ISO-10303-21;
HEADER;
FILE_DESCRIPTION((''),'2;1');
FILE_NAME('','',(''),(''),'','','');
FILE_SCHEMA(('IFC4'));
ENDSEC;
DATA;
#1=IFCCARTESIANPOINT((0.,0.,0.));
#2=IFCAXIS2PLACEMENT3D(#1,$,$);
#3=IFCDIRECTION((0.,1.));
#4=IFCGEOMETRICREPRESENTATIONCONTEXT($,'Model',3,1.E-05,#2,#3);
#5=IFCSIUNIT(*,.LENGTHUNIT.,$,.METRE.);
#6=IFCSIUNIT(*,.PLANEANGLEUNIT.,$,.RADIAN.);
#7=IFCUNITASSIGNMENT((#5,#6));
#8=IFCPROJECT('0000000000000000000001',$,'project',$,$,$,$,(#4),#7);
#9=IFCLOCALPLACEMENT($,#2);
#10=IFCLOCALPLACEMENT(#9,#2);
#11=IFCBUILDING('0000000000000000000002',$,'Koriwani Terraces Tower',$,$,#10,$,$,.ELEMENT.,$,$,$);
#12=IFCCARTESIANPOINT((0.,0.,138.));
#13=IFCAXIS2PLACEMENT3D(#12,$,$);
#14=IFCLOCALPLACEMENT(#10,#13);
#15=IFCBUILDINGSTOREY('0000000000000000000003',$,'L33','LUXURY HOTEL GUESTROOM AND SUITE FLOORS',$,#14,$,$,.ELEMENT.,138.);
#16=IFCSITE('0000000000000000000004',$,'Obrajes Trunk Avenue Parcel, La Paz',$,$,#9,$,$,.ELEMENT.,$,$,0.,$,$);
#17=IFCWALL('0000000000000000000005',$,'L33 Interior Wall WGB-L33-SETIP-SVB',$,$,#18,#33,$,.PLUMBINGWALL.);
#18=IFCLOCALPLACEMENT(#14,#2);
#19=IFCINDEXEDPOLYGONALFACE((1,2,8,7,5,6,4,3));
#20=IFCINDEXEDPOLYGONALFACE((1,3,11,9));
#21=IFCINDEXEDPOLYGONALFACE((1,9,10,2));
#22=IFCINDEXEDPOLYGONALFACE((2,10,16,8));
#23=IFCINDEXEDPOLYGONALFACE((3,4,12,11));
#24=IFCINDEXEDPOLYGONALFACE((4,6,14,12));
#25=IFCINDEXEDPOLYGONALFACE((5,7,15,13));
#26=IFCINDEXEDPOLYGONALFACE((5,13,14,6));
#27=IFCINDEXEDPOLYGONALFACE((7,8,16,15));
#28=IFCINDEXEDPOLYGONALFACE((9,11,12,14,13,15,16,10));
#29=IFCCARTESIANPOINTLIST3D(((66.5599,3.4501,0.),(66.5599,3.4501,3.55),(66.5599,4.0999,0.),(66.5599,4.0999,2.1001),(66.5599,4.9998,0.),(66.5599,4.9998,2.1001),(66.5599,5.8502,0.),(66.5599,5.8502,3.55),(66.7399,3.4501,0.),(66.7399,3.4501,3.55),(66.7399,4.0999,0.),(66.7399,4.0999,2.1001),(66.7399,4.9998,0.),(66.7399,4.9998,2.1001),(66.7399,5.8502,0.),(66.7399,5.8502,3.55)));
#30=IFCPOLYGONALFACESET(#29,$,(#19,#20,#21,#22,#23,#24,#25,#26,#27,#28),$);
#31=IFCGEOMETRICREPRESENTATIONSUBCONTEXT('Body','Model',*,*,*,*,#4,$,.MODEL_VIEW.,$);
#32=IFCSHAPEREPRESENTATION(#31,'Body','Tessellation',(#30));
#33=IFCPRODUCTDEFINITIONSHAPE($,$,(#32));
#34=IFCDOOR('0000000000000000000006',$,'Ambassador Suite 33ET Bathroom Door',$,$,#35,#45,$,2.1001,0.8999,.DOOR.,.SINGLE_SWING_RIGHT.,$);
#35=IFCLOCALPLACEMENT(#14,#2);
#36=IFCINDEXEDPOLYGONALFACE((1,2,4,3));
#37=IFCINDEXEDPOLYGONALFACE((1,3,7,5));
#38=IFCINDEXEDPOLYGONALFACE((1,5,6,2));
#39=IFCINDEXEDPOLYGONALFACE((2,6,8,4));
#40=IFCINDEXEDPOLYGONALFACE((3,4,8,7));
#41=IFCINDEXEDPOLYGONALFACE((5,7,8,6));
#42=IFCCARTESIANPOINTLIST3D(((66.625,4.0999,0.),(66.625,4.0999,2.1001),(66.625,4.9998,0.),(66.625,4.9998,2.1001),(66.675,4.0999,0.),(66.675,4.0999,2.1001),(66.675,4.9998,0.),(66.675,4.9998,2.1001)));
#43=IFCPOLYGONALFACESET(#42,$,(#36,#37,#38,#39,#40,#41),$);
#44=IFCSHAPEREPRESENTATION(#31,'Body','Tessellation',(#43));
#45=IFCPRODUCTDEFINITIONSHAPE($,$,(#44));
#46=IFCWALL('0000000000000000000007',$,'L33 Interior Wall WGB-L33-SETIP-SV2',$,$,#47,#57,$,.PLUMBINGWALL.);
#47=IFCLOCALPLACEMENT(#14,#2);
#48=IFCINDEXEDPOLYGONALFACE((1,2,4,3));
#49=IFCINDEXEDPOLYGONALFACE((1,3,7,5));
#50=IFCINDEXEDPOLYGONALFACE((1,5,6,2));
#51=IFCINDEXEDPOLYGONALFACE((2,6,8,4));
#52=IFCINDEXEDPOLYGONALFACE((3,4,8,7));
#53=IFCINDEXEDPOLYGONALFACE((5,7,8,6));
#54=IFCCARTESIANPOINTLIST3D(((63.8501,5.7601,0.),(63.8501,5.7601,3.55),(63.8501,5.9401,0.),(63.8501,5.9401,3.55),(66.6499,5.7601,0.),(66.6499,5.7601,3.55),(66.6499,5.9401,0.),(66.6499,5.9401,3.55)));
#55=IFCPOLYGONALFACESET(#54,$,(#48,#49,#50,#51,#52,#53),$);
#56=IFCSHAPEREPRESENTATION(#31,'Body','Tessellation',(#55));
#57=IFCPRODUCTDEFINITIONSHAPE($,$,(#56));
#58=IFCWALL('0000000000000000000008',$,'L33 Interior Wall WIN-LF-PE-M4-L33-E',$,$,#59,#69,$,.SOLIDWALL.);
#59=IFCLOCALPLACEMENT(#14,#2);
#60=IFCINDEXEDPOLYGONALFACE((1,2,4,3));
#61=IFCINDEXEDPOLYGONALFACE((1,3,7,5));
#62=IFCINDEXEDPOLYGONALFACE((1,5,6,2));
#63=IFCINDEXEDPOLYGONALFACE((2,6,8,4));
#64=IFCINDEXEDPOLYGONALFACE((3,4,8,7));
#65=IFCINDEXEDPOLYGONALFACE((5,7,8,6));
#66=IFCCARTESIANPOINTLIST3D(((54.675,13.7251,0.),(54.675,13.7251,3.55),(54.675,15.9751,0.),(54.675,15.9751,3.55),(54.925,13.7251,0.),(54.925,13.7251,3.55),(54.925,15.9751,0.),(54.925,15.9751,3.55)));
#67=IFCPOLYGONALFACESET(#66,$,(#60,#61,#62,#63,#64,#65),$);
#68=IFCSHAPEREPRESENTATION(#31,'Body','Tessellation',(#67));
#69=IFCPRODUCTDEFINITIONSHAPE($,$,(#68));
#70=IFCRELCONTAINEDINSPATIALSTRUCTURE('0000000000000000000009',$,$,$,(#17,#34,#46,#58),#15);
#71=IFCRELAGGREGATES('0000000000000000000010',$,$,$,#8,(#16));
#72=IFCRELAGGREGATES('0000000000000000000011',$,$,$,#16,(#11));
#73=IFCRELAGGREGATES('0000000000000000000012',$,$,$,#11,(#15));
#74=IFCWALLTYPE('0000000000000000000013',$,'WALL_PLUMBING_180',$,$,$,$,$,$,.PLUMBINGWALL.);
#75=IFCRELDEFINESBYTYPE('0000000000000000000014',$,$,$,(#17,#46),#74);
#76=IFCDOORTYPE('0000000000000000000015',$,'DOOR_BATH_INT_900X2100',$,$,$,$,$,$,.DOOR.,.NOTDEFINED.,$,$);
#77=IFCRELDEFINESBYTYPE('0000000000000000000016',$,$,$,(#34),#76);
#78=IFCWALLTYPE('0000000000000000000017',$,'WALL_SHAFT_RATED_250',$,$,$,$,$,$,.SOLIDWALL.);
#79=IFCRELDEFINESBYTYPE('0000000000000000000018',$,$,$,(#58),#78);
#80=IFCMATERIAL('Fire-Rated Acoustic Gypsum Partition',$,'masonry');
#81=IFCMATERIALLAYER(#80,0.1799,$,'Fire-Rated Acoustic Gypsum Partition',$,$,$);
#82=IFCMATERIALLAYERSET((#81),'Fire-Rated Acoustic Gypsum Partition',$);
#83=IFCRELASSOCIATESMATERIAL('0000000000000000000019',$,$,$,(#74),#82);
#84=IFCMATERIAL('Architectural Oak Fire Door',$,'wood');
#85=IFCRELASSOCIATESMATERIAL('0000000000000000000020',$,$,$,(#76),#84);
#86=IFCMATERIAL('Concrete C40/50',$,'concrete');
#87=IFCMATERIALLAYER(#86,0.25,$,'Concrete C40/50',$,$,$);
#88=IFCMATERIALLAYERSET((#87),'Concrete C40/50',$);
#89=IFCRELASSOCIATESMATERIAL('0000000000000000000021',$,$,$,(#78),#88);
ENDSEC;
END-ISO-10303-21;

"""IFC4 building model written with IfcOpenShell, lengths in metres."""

from ifc_helpers import new_model, si_unit, direction, frame, frame_2d, origin, place, context, subcontext, project, spatial, rectangle, extrude, material, layer, layer_set, type_object, element, fill, save


model = new_model("IFC4")

# Units and contexts
model_context = context("Model", 3, precision=1e-05, world=origin(), true_north=direction((0.0, 1.0)))
body_context = subcontext(model_context, "Body", "Model", "MODEL_VIEW")
ifc_project = project(units=[si_unit("LENGTHUNIT", "METRE"), si_unit("PLANEANGLEUNIT", "RADIAN")], contexts=[model_context])

# Site, building, storey
site_placement = place(None, origin())
site = spatial("IfcSite", under=ifc_project, at=site_placement, Name="Obrajes Trunk Avenue Parcel, La Paz", CompositionType="ELEMENT", RefElevation=0.0)
building_placement = place(site_placement, origin())
building = spatial("IfcBuilding", under=site, at=building_placement, Name="Koriwani Terraces Tower", CompositionType="ELEMENT")
storey_placement = place(building_placement, frame((0.0, 0.0, 138.0)))
storey = spatial("IfcBuildingStorey", under=building, at=storey_placement, Name="L33", Description="LUXURY HOTEL GUESTROOM AND SUITE FLOORS", CompositionType="ELEMENT", Elevation=138.0)

# Shared definitions
ifc_material_1 = material(Name="Concrete C40/50", Category="concrete")

# Shared definitions
ifc_material_2 = material(Name="Architectural Oak Fire Door", Category="wood")

# Wall, opening, door
ifc_material_3 = material(Name="Fire-Rated Acoustic Gypsum Partition", Category="masonry")
ifc_layer_1 = layer(ifc_material_3, 0.1799, Name="Fire-Rated Acoustic Gypsum Partition")
ifc_layer_set_1 = layer_set([ifc_layer_1], Name="Fire-Rated Acoustic Gypsum Partition")
wall_type_1 = type_object("IfcWallType", Name="WALL_PLUMBING_180", PredefinedType="PLUMBINGWALL", material=ifc_layer_set_1)
wall_1_placement = place(storey_placement, frame((66.6499, 3.45, 0.0), z_axis=(0.0, 0.0, 1.0), x_axis=(0.0, 1.0, 0.0)))
wall_1 = element("IfcWall", 1, at=wall_1_placement, inside=storey, type_object=wall_type_1, Name="L33 Interior Wall WGB-L33-SETIP-SVB", PredefinedType="PLUMBINGWALL", context=body_context, shape_type="SweptSolid", body=[
    extrude(rectangle(XDim=2.4001, YDim=0.1799, at=frame_2d((1.2002, 0.0))), origin(), (0.0, 0.0, 1.0), 3.55),
])
opening_1_placement = place(wall_1_placement, frame((0.6499, 0.0, 0.0)))
opening_1 = element("IfcOpeningElement", 2, at=opening_1_placement, cuts=wall_1, PredefinedType="OPENING", context=body_context, shape_type="SweptSolid", body=[
    extrude(rectangle(XDim=0.8999, YDim=2.1001, at=frame_2d((0.45, 1.05))), frame((0.0, 0.1001, 0.0), z_axis=(0.0, -1.0, 0.0), x_axis=(1.0, 0.0, 0.0)), (0.0, 0.0, 1.0), 0.2),
])
door_type_1 = type_object("IfcDoorType", Name="DOOR_BATH_INT_900X2100", OperationType="NOTDEFINED", PredefinedType="DOOR", material=ifc_material_2)
door_1_placement = place(opening_1_placement, origin())
door_1 = element("IfcDoor", 3, at=door_1_placement, inside=storey, type_object=door_type_1, Name="Ambassador Suite 33ET Bathroom Door", OperationType="SINGLE_SWING_RIGHT", OverallHeight=2.1001, OverallWidth=0.8999, PredefinedType="DOOR", context=body_context, shape_type="SweptSolid", body=[
    extrude(rectangle(XDim=0.8999, YDim=2.1001, at=frame_2d((0.45, 1.05))), frame((0.0, 0.0249, 0.0), z_axis=(0.0, -1.0, 0.0), x_axis=(1.0, 0.0, 0.0)), (0.0, 0.0, 1.0), 0.05),
])
fill(opening_1, door_1)

# Walls
wall_2_placement = place(storey_placement, frame((63.8501, 5.8501, 0.0), z_axis=(0.0, 0.0, 1.0), x_axis=(1.0, 0.0, 0.0)))
element("IfcWall", 4, at=wall_2_placement, inside=storey, type_object=wall_type_1, Name="L33 Interior Wall WGB-L33-SETIP-SV2", PredefinedType="PLUMBINGWALL", context=body_context, shape_type="SweptSolid", body=[
    extrude(rectangle(XDim=2.7998, YDim=0.1799, at=frame_2d((1.3999, 0.0))), origin(), (0.0, 0.0, 1.0), 3.55),
])
ifc_layer_2 = layer(ifc_material_1, 0.25, Name="Concrete C40/50")
ifc_layer_set_2 = layer_set([ifc_layer_2], Name="Concrete C40/50")
wall_type_2 = type_object("IfcWallType", Name="WALL_SHAFT_RATED_250", PredefinedType="SOLIDWALL", material=ifc_layer_set_2)
wall_3_placement = place(storey_placement, frame((54.8, 13.7251, 0.0), z_axis=(0.0, 0.0, 1.0), x_axis=(0.0, 1.0, 0.0)))
element("IfcWall", 5, at=wall_3_placement, inside=storey, type_object=wall_type_2, Name="L33 Interior Wall WIN-LF-PE-M4-L33-E", PredefinedType="SOLIDWALL", context=body_context, shape_type="SweptSolid", body=[
    extrude(rectangle(XDim=2.25, YDim=0.25, at=frame_2d((1.125, 0.0))), origin(), (0.0, 0.0, 1.0), 3.55),
])

save(model, "model.ifc")
